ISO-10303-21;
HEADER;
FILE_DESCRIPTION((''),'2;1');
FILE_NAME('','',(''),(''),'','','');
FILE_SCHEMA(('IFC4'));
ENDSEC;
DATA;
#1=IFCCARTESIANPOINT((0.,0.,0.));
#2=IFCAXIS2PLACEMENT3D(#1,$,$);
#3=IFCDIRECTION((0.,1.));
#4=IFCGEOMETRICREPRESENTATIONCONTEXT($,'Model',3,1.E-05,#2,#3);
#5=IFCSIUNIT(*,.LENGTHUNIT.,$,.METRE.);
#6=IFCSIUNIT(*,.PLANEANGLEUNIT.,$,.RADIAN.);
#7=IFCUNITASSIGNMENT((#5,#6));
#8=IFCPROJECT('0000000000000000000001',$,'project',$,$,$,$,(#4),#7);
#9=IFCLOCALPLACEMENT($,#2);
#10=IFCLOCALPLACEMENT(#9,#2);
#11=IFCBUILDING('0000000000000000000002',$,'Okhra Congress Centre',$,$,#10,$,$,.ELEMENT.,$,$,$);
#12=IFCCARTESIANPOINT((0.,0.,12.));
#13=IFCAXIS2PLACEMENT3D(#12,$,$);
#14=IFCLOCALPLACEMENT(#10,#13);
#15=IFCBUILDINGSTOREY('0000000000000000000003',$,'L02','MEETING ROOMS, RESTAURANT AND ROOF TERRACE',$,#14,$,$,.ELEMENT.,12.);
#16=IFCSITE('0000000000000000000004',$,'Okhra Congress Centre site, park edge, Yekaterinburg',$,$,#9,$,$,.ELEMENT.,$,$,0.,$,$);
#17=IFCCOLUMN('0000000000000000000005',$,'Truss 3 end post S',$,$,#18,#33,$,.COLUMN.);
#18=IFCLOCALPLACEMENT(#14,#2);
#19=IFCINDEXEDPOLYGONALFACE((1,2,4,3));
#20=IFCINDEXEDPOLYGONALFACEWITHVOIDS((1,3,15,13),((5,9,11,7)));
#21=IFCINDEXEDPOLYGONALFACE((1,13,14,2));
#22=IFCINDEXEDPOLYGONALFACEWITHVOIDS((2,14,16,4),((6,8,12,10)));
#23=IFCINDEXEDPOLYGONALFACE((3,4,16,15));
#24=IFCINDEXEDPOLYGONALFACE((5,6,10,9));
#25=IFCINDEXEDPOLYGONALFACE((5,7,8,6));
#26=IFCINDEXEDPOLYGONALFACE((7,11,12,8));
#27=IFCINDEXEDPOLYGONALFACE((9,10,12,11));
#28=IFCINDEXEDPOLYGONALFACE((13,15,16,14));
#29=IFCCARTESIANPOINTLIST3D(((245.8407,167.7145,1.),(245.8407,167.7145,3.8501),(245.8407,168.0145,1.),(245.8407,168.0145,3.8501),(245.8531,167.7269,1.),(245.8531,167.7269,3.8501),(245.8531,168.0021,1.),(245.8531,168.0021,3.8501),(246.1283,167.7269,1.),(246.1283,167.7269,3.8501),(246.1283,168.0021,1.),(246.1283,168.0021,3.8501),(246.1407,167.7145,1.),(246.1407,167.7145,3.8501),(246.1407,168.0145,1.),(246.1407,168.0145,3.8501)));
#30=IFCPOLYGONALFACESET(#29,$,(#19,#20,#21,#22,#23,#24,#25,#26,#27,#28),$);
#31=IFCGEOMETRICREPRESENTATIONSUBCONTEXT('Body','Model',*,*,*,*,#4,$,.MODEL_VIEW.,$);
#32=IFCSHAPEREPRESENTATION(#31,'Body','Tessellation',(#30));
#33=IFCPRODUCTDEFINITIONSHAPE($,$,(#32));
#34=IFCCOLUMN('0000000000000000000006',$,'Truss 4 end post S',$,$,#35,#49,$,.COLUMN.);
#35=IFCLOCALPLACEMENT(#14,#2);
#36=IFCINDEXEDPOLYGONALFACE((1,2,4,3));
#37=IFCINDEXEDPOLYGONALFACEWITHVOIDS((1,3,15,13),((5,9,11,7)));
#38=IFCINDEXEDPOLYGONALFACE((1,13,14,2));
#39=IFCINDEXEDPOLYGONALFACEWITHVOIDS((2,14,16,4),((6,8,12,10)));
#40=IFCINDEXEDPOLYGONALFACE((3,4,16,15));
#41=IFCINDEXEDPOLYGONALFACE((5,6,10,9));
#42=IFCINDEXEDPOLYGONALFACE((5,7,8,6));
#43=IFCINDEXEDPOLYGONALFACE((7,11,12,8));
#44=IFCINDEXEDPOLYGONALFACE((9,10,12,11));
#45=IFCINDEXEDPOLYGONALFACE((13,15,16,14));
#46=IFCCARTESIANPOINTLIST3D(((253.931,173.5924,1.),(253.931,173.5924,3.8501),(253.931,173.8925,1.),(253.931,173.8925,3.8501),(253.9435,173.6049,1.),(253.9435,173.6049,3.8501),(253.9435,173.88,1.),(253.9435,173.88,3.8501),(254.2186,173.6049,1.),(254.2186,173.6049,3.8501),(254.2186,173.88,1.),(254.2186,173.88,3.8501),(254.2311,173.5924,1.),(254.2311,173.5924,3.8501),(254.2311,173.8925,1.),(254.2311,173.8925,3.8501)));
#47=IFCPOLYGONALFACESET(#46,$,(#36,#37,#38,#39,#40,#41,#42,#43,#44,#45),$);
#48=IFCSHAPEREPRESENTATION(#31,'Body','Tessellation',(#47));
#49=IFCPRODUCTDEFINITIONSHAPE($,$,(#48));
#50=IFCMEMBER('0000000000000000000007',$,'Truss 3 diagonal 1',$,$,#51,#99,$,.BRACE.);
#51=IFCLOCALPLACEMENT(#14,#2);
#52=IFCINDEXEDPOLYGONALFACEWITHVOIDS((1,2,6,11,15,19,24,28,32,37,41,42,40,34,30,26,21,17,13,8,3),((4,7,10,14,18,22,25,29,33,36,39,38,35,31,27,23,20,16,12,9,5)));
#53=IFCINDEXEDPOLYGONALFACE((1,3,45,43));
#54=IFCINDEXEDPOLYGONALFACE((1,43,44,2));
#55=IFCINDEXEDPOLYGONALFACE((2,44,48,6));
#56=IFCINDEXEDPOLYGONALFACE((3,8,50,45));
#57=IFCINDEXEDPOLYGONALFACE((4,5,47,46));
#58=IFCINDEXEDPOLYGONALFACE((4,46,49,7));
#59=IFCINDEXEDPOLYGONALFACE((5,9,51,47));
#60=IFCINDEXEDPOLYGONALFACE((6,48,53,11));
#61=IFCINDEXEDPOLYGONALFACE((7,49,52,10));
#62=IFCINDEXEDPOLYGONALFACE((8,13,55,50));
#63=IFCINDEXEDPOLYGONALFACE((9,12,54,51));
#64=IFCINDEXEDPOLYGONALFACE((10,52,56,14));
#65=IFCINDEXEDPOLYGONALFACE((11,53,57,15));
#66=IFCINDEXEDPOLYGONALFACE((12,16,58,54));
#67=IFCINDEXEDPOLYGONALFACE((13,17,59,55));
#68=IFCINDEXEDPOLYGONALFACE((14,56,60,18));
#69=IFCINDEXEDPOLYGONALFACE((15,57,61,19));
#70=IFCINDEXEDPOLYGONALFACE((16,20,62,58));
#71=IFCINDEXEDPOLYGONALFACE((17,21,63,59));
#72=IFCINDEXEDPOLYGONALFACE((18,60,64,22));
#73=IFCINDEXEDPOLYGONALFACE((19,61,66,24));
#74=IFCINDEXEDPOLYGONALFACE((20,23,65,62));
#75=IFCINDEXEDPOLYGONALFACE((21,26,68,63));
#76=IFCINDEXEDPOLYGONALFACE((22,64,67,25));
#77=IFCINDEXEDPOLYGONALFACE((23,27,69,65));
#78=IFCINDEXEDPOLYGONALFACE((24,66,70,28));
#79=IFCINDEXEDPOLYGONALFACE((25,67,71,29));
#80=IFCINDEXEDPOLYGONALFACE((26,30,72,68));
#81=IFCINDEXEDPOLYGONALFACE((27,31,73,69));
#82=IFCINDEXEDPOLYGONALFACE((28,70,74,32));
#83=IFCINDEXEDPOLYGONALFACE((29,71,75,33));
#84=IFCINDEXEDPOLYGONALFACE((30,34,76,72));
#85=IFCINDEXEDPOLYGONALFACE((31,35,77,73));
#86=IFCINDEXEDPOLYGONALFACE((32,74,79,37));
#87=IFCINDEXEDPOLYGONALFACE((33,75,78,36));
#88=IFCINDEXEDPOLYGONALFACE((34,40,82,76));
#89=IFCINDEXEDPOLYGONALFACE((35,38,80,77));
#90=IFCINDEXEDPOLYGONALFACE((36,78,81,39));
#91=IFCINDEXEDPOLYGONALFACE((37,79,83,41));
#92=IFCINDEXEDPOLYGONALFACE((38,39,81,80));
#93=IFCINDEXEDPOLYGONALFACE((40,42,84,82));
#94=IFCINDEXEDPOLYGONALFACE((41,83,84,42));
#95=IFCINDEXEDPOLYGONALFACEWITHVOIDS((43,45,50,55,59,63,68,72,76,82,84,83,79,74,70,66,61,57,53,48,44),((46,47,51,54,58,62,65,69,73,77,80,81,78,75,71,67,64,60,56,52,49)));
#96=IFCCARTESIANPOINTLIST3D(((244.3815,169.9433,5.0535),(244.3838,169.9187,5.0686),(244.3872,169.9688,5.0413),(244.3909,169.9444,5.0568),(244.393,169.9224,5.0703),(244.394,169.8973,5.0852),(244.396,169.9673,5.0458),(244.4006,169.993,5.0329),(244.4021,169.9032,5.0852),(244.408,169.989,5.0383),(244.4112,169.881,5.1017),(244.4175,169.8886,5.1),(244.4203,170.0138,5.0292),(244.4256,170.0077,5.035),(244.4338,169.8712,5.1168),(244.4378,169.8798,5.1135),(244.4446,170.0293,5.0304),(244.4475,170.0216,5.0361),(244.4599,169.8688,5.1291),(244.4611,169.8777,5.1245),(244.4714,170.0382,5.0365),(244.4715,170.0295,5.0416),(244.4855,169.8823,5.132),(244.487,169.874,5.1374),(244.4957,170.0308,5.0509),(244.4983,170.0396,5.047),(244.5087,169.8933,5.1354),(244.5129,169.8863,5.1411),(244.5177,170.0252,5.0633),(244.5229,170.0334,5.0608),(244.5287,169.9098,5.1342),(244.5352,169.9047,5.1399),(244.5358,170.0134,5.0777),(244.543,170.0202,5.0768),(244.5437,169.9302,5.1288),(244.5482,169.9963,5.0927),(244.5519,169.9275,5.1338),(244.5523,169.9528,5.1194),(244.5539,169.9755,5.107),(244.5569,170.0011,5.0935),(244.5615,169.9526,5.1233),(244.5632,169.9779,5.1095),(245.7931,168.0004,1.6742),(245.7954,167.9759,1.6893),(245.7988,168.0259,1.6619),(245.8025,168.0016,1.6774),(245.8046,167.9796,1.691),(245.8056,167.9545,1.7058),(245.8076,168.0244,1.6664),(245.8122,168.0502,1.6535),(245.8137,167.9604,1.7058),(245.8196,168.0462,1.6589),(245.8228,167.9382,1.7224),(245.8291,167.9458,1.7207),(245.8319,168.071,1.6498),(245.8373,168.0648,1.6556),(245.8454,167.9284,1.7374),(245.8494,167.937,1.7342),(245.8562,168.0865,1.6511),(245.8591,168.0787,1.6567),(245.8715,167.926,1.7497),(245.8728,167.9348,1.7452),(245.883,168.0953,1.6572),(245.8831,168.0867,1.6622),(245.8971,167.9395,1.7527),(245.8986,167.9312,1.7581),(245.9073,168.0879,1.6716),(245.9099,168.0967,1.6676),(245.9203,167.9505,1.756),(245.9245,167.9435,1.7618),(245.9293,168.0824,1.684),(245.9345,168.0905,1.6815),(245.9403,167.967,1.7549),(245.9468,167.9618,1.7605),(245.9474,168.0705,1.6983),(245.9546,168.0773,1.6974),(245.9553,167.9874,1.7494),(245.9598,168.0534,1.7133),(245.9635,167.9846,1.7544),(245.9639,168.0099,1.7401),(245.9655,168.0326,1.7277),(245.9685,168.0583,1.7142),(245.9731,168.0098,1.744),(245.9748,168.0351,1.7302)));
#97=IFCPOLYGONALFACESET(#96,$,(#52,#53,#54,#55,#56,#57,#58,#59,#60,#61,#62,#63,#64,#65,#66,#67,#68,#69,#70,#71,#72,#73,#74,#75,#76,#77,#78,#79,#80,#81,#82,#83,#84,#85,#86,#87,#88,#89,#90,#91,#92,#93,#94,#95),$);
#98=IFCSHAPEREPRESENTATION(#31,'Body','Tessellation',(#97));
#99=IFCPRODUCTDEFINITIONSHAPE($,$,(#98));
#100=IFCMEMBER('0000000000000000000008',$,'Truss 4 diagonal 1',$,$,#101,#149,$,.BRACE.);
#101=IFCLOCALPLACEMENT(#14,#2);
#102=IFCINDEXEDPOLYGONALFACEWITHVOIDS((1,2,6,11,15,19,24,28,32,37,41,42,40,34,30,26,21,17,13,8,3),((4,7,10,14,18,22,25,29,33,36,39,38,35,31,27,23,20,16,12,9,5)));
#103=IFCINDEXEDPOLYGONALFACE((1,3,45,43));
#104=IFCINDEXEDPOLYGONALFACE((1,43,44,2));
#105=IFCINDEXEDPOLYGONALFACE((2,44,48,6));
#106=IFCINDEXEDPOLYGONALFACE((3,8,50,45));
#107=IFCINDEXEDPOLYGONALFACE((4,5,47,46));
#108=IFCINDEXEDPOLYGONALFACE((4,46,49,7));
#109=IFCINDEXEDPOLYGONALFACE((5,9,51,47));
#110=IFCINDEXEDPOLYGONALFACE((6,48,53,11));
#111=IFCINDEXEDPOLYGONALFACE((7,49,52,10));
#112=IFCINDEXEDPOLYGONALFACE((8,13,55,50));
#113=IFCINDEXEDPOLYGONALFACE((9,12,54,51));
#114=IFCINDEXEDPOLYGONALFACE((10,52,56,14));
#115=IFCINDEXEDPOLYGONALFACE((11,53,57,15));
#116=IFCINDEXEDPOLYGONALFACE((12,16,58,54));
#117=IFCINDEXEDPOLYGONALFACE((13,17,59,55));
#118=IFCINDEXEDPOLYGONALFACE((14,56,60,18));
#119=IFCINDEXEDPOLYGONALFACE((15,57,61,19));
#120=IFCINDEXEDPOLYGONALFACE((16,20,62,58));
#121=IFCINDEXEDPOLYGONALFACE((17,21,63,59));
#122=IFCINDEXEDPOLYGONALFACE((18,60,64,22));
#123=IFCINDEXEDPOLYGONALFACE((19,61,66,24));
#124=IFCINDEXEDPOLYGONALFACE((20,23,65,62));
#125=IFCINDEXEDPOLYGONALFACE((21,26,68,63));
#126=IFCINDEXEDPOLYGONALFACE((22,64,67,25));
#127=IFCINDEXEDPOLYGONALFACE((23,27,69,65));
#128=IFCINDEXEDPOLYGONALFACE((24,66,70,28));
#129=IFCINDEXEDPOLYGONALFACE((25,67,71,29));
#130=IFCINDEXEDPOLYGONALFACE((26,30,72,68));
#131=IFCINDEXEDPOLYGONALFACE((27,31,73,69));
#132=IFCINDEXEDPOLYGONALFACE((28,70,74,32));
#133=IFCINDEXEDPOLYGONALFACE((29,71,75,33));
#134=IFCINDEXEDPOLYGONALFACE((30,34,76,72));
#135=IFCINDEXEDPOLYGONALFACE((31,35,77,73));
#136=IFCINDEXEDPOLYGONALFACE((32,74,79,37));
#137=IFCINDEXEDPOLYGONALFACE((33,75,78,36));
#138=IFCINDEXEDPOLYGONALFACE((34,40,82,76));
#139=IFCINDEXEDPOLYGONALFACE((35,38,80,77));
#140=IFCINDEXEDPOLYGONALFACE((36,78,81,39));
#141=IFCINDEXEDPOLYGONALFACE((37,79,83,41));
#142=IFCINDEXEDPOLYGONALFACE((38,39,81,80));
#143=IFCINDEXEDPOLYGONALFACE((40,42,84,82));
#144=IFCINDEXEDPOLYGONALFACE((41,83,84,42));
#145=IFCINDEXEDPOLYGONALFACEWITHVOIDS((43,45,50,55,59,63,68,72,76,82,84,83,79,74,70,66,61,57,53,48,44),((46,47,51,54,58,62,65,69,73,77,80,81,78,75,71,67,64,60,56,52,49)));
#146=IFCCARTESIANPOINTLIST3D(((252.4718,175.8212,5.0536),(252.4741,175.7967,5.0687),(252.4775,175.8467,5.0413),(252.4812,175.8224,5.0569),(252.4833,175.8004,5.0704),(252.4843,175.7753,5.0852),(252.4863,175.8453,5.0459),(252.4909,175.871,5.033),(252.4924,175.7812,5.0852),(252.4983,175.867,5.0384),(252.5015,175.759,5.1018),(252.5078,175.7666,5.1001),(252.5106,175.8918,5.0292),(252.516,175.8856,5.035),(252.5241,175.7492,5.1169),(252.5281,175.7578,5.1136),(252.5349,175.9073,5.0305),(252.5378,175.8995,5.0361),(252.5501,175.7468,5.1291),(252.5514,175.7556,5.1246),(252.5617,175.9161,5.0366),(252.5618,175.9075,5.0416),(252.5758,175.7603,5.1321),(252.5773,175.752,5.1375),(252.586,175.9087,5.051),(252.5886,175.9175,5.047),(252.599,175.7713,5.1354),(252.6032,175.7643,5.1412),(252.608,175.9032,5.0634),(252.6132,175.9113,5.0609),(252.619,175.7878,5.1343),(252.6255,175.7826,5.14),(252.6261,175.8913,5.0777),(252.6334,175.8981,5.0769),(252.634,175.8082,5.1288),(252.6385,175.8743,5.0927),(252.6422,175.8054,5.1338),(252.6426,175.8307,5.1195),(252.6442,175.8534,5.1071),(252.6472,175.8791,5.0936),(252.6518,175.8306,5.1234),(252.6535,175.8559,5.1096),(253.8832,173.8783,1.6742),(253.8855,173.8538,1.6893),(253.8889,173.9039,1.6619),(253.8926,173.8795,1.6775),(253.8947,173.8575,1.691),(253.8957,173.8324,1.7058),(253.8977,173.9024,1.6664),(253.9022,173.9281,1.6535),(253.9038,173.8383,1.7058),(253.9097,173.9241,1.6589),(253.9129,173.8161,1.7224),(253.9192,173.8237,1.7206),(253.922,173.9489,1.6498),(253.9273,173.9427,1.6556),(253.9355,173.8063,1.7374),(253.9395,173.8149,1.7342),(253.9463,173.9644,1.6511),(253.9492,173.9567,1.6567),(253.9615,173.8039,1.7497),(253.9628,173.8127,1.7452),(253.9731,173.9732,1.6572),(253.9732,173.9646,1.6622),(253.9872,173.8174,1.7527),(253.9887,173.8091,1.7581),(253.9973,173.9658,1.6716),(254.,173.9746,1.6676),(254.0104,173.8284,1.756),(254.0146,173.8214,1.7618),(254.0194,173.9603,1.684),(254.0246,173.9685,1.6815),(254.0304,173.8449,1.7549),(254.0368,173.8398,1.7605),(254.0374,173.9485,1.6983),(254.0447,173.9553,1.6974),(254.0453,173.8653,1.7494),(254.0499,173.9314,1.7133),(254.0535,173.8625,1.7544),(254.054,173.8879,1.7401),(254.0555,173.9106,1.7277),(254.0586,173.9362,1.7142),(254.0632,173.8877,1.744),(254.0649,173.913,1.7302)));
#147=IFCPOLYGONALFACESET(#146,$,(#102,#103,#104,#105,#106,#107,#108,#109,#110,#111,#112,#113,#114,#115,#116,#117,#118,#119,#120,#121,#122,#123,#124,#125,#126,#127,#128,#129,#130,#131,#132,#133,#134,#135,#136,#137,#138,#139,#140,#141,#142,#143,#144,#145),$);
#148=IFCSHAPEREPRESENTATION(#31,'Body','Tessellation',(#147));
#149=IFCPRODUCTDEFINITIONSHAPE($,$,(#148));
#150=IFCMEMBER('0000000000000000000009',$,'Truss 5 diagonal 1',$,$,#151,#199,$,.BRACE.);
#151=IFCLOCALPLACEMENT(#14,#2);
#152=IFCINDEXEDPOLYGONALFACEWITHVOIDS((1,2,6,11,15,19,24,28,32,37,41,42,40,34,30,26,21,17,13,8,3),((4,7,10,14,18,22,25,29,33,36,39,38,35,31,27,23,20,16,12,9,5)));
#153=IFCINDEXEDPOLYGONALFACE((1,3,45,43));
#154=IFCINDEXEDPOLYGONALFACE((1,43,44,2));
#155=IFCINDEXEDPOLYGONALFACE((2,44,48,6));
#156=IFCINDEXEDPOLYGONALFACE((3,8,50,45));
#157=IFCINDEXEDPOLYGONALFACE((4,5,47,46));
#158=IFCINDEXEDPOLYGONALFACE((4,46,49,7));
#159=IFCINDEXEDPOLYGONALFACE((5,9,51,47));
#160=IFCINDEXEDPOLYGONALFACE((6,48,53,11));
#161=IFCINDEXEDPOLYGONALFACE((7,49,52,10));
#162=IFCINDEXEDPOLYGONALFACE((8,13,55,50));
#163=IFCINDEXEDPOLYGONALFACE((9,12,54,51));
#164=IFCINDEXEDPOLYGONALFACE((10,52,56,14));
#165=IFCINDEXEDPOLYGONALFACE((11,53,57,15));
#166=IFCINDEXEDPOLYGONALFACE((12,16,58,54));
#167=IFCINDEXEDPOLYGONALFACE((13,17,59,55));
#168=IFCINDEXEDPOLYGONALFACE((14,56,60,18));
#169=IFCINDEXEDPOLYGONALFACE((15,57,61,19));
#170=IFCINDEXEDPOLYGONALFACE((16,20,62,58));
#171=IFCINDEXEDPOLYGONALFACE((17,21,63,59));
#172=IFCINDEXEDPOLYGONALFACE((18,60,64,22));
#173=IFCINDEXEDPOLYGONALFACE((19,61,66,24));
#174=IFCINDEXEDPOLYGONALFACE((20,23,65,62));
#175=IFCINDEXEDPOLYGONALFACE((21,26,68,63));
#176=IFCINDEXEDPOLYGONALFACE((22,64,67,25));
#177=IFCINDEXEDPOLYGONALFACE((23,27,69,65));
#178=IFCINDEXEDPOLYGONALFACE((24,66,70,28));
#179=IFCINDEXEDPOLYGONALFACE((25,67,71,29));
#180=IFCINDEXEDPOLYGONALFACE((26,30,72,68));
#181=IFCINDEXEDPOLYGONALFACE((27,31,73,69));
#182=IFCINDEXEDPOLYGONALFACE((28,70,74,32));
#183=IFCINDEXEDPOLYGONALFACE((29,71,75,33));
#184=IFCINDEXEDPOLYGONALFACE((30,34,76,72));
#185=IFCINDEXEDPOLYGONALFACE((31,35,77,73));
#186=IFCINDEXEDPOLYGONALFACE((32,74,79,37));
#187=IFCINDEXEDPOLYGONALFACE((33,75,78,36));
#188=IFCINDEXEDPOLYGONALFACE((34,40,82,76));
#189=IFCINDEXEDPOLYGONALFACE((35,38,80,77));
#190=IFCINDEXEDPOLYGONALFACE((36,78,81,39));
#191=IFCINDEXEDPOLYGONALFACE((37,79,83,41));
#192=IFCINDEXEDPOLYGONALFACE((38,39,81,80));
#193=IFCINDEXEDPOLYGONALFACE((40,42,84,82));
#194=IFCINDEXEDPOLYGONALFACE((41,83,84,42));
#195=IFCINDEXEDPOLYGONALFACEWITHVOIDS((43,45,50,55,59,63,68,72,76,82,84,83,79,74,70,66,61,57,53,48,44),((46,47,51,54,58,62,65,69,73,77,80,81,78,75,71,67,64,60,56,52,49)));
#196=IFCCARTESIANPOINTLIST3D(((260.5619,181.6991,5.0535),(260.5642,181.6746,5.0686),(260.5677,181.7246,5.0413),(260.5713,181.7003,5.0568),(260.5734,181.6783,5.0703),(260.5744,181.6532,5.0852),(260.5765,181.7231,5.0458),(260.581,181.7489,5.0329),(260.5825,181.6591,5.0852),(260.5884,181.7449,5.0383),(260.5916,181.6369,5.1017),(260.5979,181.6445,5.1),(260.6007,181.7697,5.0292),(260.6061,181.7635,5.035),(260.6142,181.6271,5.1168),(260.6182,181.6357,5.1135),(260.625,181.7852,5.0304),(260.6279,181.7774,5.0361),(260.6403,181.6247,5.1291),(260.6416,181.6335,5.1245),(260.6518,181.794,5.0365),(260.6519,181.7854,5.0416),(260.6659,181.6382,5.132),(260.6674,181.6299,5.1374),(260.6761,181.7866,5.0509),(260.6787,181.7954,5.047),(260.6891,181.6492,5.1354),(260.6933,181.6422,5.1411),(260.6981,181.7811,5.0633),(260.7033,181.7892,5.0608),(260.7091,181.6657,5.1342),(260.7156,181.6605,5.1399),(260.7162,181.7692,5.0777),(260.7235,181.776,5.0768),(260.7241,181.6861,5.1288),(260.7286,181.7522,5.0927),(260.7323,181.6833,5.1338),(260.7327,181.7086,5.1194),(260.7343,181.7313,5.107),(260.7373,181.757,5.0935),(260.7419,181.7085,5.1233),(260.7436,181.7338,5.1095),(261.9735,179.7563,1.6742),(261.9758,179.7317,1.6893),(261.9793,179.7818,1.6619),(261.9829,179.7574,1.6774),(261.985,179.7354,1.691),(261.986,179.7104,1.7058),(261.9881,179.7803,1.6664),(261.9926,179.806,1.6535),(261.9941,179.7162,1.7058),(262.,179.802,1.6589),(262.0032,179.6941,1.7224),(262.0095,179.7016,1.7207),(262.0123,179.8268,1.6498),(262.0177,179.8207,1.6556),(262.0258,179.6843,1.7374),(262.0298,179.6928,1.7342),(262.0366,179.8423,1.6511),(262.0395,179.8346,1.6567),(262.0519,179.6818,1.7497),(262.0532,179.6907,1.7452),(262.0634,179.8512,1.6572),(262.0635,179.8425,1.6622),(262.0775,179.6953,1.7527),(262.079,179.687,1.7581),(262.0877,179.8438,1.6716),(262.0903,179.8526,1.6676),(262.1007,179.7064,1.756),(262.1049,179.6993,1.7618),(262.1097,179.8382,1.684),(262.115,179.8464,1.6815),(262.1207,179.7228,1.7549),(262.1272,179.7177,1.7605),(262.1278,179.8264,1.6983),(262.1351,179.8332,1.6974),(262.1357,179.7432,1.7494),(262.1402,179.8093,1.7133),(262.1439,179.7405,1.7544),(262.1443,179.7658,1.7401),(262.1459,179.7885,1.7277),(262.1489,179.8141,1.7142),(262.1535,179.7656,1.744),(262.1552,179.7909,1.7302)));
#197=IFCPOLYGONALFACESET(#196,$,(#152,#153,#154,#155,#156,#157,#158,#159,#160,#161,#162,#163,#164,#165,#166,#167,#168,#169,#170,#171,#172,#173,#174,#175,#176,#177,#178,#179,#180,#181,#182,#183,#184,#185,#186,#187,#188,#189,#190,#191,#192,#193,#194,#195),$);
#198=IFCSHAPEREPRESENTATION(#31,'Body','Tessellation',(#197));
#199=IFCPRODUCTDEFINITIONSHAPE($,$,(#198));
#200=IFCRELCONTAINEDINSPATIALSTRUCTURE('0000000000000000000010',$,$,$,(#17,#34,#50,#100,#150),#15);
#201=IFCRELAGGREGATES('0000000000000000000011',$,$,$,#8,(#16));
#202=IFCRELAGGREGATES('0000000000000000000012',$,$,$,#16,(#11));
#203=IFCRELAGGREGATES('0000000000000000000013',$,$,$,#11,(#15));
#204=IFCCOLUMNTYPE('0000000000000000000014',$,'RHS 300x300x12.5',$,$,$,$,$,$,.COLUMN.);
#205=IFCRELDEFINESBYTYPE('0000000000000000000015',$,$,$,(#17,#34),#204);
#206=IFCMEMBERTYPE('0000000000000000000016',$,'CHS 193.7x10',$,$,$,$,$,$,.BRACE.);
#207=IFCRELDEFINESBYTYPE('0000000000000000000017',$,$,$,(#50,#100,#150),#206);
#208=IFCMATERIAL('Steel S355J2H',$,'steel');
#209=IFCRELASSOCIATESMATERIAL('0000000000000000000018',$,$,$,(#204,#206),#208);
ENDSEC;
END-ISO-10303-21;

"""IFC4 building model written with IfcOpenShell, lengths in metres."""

from ifc_helpers import new_model, si_unit, direction, frame, origin, origin_2d, place, context, subcontext, project, spatial, hollow_rectangle, hollow_circle, extrude, material, material_profile, profile_set, type_object, element, save


model = new_model("IFC4")

# Units and contexts
model_context = context("Model", 3, precision=1e-05, world=origin(), true_north=direction((0.0, 1.0)))
body_context = subcontext(model_context, "Body", "Model", "MODEL_VIEW")
ifc_project = project(units=[si_unit("LENGTHUNIT", "METRE"), si_unit("PLANEANGLEUNIT", "RADIAN")], contexts=[model_context])

# Site, building, storey
site_placement = place(None, origin())
site = spatial("IfcSite", under=ifc_project, at=site_placement, Name="Okhra Congress Centre site, park edge, Yekaterinburg", CompositionType="ELEMENT", RefElevation=0.0)
building_placement = place(site_placement, origin())
building = spatial("IfcBuilding", under=site, at=building_placement, Name="Okhra Congress Centre", CompositionType="ELEMENT")
storey_placement = place(building_placement, frame((0.0, 0.0, 12.0)))
storey = spatial("IfcBuildingStorey", under=building, at=storey_placement, Name="L02", Description="MEETING ROOMS, RESTAURANT AND ROOF TERRACE", CompositionType="ELEMENT", Elevation=12.0)

# Columns
ifc_material_1 = material(Name="Steel S355J2H", Category="steel")
ifc_material_profile_1 = material_profile(ifc_material_1, hollow_rectangle(XDim=0.3, YDim=0.3, WallThickness=0.0125, at=origin_2d()), Name="RHS 300x300x12.5")
ifc_profile_set_1 = profile_set([ifc_material_profile_1], Name="Steel S355J2H")
column_type = type_object("IfcColumnType", Name="RHS 300x300x12.5", PredefinedType="COLUMN", material=ifc_profile_set_1)
for number, where, z_axis, x_axis, name in (
    (1, (245.9907, 167.8645, 1.0), (0.0, 0.0, 1.0), (1.0, 0.0, 0.0), "Truss 3 end post S"),
    (2, (254.0811, 173.7424, 1.0), (0.0, 0.0, 1.0), (1.0, 0.0, 0.0), "Truss 4 end post S"),
):
    element("IfcColumn", number, at=place(storey_placement, frame(where, z_axis=z_axis, x_axis=x_axis)), inside=storey, type_object=column_type, Name=name, PredefinedType="COLUMN", context=body_context, shape_type="SweptSolid", body=[
        extrude(hollow_rectangle(XDim=0.3, YDim=0.3, WallThickness=0.0125, at=origin_2d()), origin(), (0.0, 0.0, 1.0), 2.8501),
    ])

# Members
ifc_material_profile_2 = material_profile(ifc_material_1, hollow_circle(Radius=0.0969, WallThickness=0.01, at=origin_2d()), Name="CHS 193.7x10")
ifc_profile_set_2 = profile_set([ifc_material_profile_2], Name="Steel S355J2H")
member_type_1 = type_object("IfcMemberType", Name="CHS 193.7x10", PredefinedType="BRACE", material=ifc_profile_set_2)
for number, where, z_axis, x_axis, name in (
    (3, (245.884, 168.0115, 1.7058), (-0.340494, 0.468635, 0.815135), (-0.809009, -0.587797, 0.0), "Truss 3 diagonal 1"),
    (4, (253.9741, 173.8894, 1.7058), (-0.340441, 0.468644, 0.815152), (-0.809057, -0.58773, 0.0), "Truss 4 diagonal 1"),
    (5, (262.0645, 179.7673, 1.7058), (-0.340494, 0.468635, 0.815135), (-0.809009, -0.587797, 0.0), "Truss 5 diagonal 1"),
):
    element("IfcMember", number, at=place(storey_placement, frame(where, z_axis=z_axis, x_axis=x_axis)), inside=storey, type_object=member_type_1, Name=name, PredefinedType="BRACE", context=body_context, shape_type="SweptSolid", body=[
        extrude(hollow_circle(Radius=0.0969, WallThickness=0.01, at=origin_2d()), origin(), (0.0, 0.0, 1.0), 4.1458),
    ])

save(model, "model.ifc")
